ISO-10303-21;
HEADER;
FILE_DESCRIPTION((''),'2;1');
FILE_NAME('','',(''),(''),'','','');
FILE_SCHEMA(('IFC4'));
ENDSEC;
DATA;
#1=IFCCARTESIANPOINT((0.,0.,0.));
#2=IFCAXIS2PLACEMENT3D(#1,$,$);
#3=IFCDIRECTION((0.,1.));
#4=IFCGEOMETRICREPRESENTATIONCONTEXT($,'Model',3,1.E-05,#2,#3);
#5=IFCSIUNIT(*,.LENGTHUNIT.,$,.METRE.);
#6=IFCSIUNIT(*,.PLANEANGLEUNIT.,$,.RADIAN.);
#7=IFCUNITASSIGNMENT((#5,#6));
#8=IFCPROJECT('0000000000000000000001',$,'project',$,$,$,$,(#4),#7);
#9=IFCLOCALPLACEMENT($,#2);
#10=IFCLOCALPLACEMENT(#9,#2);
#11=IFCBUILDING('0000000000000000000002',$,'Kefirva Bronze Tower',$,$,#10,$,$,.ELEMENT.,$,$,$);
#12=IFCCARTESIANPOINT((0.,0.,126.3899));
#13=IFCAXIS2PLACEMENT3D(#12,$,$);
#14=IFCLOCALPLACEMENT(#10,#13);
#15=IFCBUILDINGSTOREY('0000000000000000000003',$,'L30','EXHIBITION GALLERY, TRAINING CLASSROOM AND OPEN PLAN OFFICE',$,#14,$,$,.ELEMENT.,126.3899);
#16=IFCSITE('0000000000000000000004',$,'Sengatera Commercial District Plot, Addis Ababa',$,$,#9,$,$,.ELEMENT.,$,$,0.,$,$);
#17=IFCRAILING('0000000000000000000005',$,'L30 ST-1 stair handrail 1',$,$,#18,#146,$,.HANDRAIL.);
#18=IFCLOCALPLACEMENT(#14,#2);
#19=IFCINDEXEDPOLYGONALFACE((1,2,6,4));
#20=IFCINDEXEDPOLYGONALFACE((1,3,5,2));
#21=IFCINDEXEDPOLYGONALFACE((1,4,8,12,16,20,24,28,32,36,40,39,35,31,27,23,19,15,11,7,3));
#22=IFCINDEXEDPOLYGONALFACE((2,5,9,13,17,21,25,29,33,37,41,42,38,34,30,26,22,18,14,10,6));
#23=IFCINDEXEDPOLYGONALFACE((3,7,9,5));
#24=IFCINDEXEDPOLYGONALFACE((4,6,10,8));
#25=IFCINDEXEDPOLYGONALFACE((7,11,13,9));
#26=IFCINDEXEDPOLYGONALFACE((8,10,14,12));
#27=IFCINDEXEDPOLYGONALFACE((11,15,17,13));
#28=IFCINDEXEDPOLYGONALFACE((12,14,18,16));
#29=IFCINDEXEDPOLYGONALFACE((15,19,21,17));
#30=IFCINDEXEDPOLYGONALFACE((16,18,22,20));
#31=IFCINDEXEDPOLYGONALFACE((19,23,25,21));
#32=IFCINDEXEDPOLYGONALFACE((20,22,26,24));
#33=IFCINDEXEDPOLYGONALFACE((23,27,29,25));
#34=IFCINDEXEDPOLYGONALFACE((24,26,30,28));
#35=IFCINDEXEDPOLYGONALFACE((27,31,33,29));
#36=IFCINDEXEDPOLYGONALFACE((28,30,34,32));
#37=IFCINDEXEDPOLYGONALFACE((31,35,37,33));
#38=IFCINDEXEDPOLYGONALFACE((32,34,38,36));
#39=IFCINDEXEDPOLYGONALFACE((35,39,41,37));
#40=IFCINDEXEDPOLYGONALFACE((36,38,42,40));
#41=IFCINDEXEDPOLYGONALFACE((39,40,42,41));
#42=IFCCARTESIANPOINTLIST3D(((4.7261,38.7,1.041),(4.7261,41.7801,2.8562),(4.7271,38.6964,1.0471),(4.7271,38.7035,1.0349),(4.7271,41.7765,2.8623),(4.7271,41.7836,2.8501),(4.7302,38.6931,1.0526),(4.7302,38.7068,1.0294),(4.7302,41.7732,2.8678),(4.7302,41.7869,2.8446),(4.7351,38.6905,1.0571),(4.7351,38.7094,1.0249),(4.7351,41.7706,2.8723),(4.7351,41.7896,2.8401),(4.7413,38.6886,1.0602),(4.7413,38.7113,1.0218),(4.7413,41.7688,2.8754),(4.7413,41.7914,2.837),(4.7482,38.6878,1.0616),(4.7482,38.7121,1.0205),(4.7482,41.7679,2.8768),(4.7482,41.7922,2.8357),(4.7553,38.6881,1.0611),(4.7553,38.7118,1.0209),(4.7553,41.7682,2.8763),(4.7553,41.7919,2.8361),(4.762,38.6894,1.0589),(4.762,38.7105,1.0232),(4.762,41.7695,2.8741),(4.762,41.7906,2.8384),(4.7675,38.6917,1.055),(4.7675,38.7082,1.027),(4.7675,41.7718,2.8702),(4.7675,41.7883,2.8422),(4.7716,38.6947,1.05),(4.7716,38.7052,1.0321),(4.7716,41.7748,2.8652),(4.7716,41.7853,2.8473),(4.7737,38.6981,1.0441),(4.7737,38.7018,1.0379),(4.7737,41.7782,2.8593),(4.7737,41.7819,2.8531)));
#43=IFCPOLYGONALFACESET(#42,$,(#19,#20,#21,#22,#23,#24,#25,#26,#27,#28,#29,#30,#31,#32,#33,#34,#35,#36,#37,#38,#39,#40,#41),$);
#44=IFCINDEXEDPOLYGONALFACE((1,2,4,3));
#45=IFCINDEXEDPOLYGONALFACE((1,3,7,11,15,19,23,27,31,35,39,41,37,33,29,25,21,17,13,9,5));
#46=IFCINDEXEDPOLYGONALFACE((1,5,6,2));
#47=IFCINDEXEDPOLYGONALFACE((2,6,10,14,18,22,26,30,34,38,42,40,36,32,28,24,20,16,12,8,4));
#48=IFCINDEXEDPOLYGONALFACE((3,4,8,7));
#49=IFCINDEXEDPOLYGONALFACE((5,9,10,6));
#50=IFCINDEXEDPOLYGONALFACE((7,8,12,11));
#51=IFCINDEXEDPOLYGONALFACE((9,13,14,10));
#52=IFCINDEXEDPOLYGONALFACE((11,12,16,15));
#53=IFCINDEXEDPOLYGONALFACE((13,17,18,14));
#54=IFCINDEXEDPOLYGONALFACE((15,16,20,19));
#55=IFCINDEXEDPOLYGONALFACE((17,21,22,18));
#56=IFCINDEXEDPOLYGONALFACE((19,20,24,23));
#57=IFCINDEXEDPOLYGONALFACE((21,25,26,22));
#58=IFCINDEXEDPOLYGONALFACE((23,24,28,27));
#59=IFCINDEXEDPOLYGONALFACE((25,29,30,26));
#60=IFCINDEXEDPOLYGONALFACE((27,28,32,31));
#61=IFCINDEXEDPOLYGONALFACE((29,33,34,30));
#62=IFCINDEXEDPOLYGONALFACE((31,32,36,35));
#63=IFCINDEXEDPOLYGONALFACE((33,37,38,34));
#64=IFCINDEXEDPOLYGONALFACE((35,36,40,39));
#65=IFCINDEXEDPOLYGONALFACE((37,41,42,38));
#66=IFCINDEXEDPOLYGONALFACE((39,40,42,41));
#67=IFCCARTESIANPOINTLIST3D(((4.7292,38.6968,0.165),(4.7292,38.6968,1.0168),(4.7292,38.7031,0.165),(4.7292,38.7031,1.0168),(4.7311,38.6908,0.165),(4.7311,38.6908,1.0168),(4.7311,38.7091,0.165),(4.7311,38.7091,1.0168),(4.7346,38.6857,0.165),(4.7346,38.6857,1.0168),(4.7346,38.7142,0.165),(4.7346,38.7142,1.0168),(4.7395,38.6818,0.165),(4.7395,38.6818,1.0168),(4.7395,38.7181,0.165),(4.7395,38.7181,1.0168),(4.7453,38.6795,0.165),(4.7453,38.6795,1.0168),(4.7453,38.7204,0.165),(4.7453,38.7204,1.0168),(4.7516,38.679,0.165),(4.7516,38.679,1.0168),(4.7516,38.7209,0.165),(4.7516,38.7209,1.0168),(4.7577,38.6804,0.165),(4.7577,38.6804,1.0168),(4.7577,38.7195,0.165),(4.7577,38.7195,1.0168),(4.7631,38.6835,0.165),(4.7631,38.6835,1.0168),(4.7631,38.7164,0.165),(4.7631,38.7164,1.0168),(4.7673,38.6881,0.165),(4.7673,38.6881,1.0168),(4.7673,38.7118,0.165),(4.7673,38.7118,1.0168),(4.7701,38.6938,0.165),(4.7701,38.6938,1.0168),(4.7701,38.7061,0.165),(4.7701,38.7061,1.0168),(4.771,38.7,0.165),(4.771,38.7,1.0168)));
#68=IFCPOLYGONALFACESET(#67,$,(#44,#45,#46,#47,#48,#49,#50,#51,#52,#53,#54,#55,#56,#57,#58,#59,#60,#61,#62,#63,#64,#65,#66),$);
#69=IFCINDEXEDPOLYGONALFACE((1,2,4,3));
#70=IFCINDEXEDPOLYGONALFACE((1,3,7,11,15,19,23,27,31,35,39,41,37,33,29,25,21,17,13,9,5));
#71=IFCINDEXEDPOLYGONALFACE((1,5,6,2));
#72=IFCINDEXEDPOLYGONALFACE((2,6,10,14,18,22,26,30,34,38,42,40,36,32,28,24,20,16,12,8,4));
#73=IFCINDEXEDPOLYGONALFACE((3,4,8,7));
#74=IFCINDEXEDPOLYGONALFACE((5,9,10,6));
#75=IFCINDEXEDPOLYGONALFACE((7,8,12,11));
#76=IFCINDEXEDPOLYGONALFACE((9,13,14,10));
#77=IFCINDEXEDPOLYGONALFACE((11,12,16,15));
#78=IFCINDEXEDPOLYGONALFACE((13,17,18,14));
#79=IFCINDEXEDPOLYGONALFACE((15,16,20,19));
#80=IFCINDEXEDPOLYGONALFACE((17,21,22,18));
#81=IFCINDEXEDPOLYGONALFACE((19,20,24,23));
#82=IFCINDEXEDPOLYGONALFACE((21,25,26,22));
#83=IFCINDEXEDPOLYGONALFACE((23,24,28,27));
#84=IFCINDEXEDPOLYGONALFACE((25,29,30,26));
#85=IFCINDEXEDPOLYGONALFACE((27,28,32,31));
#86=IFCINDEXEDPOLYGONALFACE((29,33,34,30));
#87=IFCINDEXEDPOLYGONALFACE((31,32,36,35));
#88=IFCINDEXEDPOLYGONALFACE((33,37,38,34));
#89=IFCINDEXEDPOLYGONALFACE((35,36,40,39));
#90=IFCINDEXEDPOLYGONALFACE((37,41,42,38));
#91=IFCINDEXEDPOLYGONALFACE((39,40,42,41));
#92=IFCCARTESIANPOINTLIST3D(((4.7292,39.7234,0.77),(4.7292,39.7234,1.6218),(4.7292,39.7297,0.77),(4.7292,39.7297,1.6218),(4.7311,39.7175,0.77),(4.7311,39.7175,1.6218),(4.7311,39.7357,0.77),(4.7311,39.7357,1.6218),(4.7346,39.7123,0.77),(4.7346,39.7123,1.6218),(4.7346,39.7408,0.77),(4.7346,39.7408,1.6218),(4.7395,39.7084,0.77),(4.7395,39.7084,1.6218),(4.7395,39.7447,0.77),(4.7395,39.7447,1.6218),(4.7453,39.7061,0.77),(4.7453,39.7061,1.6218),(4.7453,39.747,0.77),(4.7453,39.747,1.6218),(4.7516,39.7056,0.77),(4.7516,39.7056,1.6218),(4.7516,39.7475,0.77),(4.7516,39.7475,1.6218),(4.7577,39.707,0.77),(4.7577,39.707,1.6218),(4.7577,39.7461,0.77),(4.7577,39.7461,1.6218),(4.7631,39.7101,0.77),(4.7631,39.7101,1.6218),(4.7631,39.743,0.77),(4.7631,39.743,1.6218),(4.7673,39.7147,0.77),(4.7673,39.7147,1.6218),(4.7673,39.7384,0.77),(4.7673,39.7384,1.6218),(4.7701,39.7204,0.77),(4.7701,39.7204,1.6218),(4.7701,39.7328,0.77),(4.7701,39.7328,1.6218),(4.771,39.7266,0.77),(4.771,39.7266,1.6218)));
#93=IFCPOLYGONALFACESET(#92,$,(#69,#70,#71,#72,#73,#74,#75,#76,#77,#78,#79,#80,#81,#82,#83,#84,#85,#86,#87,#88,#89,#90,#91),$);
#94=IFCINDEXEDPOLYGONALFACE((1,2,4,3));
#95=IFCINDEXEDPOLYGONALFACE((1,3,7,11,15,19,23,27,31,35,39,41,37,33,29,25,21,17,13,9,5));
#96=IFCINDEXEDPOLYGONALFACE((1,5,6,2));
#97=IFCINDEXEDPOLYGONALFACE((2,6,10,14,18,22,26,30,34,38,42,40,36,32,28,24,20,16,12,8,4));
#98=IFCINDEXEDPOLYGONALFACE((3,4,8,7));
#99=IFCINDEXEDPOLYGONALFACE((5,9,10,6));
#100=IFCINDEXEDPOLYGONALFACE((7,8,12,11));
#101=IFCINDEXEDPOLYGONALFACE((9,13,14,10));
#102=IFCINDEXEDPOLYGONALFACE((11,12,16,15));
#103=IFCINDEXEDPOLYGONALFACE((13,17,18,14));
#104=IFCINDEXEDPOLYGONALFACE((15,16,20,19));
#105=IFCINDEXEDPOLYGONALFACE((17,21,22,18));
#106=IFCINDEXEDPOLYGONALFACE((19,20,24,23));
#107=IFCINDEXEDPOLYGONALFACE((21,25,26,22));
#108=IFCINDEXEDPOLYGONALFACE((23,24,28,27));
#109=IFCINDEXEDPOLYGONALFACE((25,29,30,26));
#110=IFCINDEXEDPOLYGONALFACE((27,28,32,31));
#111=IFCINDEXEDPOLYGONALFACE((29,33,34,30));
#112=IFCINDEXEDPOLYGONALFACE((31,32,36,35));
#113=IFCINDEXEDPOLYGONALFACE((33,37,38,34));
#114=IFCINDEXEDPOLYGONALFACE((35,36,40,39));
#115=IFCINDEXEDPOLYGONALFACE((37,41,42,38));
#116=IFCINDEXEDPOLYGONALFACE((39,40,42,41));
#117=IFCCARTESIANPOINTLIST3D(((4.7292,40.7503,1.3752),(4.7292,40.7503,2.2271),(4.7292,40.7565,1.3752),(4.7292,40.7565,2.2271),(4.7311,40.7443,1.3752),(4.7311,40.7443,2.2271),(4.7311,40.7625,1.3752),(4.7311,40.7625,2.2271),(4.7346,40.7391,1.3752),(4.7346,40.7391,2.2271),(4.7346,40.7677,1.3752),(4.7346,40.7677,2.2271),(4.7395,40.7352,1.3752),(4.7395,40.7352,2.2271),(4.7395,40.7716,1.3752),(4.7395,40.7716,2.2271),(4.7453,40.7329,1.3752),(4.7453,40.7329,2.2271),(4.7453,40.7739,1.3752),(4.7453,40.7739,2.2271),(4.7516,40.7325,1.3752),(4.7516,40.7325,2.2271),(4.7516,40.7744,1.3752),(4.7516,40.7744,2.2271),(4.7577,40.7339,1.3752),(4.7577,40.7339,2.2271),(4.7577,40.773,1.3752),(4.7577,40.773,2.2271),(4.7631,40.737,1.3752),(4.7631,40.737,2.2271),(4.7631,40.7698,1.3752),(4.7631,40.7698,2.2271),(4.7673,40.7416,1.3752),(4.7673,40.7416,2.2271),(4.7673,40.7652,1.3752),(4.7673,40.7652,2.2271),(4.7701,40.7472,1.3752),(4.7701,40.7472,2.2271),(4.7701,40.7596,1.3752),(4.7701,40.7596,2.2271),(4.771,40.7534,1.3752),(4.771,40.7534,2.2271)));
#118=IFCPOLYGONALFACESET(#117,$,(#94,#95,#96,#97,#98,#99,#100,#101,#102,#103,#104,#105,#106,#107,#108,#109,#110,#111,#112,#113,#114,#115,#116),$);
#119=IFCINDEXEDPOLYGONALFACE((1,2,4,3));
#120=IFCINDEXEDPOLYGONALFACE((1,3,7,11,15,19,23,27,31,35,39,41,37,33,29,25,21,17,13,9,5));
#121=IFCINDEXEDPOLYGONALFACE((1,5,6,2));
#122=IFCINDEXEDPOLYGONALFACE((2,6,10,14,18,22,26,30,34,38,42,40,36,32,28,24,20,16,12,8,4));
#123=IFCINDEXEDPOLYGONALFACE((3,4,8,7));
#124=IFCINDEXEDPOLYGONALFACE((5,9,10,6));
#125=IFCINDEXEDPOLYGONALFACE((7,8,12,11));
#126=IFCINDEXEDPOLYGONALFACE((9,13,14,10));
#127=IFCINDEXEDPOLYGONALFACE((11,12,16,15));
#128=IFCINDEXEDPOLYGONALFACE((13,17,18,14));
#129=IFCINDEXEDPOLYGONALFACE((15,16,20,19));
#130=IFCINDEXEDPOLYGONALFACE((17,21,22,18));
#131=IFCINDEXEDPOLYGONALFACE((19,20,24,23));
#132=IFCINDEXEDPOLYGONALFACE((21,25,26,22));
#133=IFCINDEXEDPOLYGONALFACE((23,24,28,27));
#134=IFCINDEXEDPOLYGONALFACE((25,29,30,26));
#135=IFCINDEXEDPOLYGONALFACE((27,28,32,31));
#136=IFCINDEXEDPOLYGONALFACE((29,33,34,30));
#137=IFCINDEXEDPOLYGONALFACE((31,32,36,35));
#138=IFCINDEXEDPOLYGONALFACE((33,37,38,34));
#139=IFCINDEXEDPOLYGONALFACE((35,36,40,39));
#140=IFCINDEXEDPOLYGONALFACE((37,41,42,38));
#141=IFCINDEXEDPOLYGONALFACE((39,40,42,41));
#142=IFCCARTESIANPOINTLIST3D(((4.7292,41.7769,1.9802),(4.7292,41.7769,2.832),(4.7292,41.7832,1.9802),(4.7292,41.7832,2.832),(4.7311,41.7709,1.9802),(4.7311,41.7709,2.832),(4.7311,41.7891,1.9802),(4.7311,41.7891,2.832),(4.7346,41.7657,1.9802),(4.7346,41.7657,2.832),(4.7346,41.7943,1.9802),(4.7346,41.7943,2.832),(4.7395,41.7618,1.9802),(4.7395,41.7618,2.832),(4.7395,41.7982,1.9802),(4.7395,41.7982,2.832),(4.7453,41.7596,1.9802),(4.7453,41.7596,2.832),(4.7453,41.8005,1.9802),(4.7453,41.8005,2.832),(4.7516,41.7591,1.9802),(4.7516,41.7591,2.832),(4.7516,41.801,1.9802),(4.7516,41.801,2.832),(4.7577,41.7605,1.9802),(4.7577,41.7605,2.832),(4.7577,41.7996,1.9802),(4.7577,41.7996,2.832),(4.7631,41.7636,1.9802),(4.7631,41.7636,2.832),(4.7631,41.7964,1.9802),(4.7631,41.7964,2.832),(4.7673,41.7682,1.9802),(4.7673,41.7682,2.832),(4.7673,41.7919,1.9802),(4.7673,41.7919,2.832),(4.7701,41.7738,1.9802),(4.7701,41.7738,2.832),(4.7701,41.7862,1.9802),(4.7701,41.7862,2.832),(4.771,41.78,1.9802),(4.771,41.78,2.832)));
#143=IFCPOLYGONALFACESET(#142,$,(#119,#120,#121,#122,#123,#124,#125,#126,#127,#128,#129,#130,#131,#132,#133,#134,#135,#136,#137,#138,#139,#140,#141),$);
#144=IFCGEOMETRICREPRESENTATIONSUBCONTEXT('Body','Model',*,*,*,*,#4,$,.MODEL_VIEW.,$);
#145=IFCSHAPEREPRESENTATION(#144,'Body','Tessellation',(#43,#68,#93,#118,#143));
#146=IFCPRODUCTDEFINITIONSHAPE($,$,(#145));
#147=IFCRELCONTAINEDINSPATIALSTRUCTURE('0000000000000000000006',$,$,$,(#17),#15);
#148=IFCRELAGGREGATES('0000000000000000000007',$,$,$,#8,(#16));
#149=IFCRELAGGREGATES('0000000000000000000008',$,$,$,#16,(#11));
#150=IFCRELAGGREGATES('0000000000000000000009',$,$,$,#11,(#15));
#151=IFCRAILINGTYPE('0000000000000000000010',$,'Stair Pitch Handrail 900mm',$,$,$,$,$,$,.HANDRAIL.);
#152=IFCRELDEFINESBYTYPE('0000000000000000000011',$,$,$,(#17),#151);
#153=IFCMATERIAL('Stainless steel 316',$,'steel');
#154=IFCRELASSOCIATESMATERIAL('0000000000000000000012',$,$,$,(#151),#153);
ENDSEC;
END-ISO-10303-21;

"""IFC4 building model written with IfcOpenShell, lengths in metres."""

from ifc_helpers import new_model, si_unit, direction, frame, origin, origin_2d, place, context, subcontext, project, spatial, circle, extrude, material, type_object, element, save


model = new_model("IFC4")

# Units and contexts
model_context = context("Model", 3, precision=1e-05, world=origin(), true_north=direction((0.0, 1.0)))
body_context = subcontext(model_context, "Body", "Model", "MODEL_VIEW")
ifc_project = project(units=[si_unit("LENGTHUNIT", "METRE"), si_unit("PLANEANGLEUNIT", "RADIAN")], contexts=[model_context])

# Site, building, storey
site_placement = place(None, origin())
site = spatial("IfcSite", under=ifc_project, at=site_placement, Name="Sengatera Commercial District Plot, Addis Ababa", CompositionType="ELEMENT", RefElevation=0.0)
building_placement = place(site_placement, origin())
building = spatial("IfcBuilding", under=site, at=building_placement, Name="Kefirva Bronze Tower", CompositionType="ELEMENT")
storey_placement = place(building_placement, frame((0.0, 0.0, 126.3899)))
storey = spatial("IfcBuildingStorey", under=building, at=storey_placement, Name="L30", Description="EXHIBITION GALLERY, TRAINING CLASSROOM AND OPEN PLAN OFFICE", CompositionType="ELEMENT", Elevation=126.3899)

# Shared definitions
ifc_material_1 = material(Name="Stainless steel 316", Category="steel")

# Railing
railing_type = type_object("IfcRailingType", Name="Stair Pitch Handrail 900mm", PredefinedType="HANDRAIL", material=ifc_material_1)
railing_placement = place(storey_placement, frame((4.75, 38.7, 0.165)))
element("IfcRailing", 1, at=railing_placement, inside=storey, type_object=railing_type, Name="L30 ST-1 stair handrail 1", PredefinedType="HANDRAIL", context=body_context, shape_type="SweptSolid", body=[
    extrude(circle(Radius=0.0239, at=origin_2d()), frame((0.0, 0.0, 0.876), z_axis=(0.0, 0.861521, 0.507721), x_axis=(-1.0, 0.0, 0.0)), (0.0, 0.0, 1.0), 3.5752),
    extrude(circle(Radius=0.021, at=origin_2d()), origin(), (0.0, 0.0, 1.0), 0.8518),
    extrude(circle(Radius=0.021, at=origin_2d()), frame((0.0, 1.0266, 0.605)), (0.0, 0.0, 1.0), 0.8518),
    extrude(circle(Radius=0.021, at=origin_2d()), frame((0.0, 2.0535, 1.2102)), (0.0, 0.0, 1.0), 0.8518),
    extrude(circle(Radius=0.021, at=origin_2d()), frame((0.0, 3.0801, 1.8152)), (0.0, 0.0, 1.0), 0.8518),
])

save(model, "model.ifc")
